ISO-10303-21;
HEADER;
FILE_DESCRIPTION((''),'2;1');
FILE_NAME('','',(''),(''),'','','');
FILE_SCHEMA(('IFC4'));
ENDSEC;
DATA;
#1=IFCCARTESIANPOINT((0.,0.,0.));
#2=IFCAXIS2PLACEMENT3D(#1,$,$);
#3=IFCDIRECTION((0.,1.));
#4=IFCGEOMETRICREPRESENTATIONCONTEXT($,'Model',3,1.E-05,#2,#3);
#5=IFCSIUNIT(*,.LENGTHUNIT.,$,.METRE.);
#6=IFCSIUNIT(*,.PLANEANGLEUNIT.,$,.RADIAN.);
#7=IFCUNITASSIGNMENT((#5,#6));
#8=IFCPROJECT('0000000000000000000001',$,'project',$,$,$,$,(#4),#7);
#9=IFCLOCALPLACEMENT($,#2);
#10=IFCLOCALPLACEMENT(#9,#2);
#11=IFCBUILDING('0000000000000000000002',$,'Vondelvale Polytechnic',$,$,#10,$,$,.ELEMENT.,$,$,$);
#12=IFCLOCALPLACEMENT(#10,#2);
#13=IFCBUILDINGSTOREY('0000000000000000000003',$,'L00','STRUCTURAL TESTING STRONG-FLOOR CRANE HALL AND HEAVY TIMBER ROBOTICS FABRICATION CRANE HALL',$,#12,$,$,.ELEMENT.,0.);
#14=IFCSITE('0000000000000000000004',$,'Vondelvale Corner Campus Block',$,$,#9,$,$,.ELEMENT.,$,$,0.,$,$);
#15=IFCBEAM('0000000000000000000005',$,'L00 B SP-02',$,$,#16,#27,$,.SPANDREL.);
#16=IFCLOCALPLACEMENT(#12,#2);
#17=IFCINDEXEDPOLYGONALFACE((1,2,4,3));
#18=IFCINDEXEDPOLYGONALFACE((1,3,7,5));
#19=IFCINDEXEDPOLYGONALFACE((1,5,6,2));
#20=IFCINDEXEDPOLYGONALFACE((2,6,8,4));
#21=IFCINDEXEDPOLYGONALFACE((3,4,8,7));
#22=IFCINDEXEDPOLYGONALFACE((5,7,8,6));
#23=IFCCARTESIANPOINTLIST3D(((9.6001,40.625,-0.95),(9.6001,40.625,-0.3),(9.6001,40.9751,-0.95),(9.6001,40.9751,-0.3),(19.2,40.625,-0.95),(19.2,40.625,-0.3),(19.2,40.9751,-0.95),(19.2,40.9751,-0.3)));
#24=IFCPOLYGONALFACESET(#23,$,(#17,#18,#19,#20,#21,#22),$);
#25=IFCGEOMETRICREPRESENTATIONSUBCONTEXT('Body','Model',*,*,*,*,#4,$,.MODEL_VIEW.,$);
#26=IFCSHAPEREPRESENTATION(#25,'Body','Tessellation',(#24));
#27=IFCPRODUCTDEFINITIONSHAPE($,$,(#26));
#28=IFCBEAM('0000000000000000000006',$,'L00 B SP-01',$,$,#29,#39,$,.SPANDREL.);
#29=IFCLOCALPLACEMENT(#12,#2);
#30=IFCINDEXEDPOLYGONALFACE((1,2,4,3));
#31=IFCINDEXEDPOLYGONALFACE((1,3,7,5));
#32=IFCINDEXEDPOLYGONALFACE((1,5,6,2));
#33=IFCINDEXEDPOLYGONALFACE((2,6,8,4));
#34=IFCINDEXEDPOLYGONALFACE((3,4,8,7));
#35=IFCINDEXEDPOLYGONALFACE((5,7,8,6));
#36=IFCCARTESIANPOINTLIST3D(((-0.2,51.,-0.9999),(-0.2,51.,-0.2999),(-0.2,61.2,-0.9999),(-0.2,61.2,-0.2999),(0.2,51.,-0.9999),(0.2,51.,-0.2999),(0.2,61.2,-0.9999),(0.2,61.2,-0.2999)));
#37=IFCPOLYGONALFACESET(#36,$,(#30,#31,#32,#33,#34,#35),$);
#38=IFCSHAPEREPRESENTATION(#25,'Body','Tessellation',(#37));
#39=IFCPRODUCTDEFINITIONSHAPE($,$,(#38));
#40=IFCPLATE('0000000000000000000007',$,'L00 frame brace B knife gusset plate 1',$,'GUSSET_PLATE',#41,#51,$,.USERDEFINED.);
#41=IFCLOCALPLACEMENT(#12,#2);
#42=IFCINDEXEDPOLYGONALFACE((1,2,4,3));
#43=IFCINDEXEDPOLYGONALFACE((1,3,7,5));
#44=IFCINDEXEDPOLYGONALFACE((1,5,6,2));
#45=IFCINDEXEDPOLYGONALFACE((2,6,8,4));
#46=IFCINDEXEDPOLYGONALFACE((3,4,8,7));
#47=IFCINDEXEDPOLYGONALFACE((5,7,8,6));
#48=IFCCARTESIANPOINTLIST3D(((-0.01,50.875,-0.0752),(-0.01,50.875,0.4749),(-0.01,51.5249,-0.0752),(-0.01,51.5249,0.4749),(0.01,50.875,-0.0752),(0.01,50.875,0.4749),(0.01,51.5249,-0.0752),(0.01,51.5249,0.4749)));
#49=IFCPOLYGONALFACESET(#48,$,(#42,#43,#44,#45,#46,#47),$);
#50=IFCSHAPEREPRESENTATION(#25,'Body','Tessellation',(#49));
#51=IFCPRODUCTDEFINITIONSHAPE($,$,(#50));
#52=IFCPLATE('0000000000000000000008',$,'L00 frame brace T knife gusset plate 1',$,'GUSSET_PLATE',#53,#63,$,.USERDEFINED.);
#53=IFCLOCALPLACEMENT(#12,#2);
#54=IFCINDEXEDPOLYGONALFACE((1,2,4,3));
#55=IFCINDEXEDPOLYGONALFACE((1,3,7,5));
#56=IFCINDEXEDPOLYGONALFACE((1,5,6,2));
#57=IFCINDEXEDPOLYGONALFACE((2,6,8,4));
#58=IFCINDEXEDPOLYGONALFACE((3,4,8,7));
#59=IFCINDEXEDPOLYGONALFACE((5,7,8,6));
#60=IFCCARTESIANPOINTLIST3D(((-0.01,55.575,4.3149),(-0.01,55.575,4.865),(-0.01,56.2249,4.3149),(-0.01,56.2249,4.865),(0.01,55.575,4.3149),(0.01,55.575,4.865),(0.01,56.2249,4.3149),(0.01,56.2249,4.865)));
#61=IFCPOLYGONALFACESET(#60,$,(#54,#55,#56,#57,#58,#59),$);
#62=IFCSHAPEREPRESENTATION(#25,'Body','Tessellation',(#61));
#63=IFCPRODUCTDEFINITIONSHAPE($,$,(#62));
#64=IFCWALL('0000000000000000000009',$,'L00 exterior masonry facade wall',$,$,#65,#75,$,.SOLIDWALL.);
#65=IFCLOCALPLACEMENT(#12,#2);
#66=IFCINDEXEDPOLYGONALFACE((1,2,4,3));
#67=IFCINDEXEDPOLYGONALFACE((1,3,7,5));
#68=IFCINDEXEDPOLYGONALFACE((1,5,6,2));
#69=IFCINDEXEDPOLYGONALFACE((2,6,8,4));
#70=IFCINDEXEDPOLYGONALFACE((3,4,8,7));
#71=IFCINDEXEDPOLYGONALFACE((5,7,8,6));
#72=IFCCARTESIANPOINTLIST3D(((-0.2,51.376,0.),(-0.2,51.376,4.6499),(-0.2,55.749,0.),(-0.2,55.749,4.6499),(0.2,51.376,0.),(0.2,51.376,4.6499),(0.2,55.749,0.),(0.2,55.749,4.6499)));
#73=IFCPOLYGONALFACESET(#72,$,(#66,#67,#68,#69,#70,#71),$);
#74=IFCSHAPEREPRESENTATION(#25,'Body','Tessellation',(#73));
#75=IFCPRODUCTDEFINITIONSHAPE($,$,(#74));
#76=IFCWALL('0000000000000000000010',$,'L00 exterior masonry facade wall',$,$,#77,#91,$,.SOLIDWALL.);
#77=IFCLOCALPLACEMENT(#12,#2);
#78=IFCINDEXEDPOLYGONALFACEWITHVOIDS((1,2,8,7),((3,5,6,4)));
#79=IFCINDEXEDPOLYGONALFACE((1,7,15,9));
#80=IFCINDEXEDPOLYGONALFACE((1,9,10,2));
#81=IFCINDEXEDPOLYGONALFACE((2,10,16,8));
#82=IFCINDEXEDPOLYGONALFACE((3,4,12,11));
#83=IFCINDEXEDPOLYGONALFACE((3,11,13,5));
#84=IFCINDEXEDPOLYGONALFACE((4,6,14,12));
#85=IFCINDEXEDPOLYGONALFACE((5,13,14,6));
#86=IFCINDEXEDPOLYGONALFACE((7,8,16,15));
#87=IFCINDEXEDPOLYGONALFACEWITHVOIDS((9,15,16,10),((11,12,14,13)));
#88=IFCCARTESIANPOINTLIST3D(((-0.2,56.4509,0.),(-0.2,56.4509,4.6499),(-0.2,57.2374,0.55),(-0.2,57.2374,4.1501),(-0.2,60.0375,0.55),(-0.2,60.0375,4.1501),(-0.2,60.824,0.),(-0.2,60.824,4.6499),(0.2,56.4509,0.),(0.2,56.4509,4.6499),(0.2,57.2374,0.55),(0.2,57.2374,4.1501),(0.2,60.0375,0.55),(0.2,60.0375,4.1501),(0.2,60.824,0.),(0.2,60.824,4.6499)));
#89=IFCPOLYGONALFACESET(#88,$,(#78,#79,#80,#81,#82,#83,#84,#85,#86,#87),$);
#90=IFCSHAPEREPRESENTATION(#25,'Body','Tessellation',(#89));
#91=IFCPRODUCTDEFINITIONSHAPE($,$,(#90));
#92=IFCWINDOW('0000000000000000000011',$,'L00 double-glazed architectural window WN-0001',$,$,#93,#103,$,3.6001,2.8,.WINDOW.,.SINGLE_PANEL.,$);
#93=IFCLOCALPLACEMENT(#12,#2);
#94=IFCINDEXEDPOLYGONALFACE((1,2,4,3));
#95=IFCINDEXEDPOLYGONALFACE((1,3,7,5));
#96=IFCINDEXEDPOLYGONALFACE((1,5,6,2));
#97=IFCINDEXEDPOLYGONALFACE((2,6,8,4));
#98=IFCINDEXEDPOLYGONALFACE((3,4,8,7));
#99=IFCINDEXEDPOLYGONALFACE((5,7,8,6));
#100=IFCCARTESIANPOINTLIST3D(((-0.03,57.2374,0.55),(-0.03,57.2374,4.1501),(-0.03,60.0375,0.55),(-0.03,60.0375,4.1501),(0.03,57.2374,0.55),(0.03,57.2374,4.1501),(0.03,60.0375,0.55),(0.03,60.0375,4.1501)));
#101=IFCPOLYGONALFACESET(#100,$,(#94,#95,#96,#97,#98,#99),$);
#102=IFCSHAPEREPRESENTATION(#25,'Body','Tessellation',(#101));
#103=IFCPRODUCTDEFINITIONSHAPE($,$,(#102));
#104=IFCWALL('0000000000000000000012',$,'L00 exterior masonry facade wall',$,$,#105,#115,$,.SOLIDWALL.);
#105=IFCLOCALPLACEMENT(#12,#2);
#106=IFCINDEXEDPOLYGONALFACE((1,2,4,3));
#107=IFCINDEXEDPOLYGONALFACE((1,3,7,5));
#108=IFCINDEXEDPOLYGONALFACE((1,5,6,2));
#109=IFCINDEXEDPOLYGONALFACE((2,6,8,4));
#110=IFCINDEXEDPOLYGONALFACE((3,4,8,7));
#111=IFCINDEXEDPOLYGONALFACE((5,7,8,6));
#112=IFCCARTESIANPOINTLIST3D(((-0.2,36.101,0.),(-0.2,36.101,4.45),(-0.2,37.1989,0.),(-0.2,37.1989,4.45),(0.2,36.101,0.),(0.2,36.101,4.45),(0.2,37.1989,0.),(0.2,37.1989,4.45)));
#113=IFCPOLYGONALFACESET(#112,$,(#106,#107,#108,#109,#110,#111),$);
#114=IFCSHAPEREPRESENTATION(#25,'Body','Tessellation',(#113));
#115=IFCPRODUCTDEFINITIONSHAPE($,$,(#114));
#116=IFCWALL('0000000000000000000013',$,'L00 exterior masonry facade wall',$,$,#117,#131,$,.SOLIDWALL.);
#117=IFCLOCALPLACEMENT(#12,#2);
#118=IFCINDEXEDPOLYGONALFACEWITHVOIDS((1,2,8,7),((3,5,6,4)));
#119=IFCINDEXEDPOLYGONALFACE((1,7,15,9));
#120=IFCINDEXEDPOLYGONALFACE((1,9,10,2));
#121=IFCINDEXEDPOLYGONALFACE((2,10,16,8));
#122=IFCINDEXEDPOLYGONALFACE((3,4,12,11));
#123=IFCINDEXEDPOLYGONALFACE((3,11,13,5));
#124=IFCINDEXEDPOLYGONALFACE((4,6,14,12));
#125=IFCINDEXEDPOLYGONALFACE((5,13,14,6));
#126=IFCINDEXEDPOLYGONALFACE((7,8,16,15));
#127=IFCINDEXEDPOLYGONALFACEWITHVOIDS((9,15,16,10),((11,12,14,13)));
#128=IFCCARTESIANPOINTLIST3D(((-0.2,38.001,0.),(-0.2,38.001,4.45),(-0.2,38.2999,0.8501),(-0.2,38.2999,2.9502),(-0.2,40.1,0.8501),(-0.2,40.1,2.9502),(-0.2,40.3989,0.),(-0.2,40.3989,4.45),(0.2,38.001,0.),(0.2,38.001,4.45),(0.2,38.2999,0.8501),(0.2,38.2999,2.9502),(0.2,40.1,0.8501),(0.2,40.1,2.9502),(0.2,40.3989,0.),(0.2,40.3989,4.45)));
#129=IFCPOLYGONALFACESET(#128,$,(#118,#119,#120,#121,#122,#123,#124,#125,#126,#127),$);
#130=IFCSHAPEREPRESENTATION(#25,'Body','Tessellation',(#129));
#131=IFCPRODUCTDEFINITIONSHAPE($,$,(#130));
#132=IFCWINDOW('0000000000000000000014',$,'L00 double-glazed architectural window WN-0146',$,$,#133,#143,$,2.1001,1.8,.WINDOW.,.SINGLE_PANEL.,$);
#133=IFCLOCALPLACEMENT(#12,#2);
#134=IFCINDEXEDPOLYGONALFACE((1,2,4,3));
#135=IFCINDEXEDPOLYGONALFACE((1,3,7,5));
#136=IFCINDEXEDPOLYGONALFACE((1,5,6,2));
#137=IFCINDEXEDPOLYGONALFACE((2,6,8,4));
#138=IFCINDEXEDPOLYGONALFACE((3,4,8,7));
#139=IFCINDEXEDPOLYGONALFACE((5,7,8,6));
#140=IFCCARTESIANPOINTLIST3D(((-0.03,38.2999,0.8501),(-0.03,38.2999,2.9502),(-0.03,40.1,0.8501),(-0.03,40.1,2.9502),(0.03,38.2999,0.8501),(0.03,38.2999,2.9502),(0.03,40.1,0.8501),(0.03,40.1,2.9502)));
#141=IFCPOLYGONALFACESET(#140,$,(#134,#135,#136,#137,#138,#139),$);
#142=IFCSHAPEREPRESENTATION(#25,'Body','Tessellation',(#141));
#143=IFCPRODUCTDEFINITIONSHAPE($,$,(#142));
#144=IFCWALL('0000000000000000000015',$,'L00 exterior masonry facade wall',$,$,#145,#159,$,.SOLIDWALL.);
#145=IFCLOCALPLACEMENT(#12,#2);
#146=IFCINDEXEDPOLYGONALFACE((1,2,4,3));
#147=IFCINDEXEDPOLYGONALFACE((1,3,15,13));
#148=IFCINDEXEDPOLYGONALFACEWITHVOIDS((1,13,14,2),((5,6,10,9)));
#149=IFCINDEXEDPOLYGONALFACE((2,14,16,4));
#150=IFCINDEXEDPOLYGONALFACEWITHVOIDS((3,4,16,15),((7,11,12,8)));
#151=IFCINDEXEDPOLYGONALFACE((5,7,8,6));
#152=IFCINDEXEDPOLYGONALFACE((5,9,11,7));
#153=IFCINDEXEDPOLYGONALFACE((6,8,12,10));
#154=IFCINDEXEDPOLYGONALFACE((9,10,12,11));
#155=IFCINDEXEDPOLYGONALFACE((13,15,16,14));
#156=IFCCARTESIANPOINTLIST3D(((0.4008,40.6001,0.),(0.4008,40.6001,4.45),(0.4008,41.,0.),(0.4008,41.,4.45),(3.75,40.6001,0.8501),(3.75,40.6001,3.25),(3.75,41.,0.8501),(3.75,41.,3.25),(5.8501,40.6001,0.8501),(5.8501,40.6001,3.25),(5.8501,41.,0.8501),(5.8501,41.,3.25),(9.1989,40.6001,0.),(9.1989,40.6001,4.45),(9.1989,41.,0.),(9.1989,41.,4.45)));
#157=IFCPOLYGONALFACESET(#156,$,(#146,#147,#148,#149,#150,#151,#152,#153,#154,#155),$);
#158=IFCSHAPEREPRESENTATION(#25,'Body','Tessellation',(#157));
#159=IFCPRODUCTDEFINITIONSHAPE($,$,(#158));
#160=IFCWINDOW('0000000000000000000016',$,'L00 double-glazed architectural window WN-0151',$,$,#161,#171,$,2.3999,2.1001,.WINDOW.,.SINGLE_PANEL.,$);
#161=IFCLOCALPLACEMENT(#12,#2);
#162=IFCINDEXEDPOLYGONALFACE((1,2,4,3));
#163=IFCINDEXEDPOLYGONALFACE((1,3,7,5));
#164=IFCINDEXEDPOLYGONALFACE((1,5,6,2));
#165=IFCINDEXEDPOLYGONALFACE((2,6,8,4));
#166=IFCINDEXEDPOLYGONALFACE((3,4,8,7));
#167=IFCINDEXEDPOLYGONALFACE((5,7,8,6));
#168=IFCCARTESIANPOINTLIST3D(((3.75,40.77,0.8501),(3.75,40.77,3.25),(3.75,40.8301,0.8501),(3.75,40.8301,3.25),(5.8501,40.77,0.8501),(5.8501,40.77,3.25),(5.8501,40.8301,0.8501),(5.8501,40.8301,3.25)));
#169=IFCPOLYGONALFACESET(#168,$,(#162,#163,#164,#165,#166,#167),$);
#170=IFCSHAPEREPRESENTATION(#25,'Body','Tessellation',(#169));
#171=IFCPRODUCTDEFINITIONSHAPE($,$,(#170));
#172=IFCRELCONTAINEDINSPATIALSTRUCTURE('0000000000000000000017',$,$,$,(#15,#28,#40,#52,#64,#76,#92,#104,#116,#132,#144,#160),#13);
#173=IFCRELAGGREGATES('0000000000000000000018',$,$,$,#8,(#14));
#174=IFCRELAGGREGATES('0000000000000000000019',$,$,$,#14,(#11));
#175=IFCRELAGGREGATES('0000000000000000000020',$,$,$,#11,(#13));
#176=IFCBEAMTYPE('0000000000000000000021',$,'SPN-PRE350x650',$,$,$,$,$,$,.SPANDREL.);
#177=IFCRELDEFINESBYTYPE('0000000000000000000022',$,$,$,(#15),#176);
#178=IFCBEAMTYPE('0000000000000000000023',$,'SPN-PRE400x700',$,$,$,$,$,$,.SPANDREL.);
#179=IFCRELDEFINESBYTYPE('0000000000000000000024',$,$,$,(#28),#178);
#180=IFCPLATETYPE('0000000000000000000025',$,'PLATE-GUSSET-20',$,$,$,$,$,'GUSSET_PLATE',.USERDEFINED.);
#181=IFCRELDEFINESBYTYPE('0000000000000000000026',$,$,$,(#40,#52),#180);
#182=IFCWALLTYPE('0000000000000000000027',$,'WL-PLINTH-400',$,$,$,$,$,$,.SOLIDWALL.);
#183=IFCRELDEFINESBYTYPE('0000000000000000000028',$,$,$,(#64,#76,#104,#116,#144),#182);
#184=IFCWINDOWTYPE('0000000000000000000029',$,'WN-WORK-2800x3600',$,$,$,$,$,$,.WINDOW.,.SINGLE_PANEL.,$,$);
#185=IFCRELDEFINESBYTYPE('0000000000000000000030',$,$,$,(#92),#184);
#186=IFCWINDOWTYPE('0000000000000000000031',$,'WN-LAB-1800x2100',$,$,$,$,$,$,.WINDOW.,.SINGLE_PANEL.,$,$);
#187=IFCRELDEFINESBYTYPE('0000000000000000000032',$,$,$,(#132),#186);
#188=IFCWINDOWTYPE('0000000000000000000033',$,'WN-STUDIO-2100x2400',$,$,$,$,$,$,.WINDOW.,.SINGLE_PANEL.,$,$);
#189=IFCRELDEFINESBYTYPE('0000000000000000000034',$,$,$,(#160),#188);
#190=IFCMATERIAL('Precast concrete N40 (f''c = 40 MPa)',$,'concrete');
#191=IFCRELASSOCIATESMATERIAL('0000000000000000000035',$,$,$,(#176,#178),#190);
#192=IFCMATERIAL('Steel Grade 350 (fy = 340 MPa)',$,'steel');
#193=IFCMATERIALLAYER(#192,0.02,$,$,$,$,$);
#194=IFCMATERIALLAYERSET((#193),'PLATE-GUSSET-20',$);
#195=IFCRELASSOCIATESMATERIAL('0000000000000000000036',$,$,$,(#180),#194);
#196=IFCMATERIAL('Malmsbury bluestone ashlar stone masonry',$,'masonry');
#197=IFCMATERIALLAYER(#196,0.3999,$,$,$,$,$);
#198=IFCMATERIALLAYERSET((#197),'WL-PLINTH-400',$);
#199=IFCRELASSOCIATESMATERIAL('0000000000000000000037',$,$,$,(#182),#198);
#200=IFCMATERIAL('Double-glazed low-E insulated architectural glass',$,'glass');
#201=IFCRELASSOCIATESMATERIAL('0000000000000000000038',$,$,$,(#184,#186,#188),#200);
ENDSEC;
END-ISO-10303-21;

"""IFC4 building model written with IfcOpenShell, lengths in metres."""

from ifc_helpers import new_model, si_unit, direction, frame, frame_2d, origin, origin_2d, place, context, subcontext, project, spatial, rectangle, extrude, material, layer, layer_set, material_profile, profile_set, type_object, element, fill, save


model = new_model("IFC4")

# Units and contexts
model_context = context("Model", 3, precision=1e-05, world=origin(), true_north=direction((0.0, 1.0)))
body_context = subcontext(model_context, "Body", "Model", "MODEL_VIEW")
ifc_project = project(units=[si_unit("LENGTHUNIT", "METRE"), si_unit("PLANEANGLEUNIT", "RADIAN")], contexts=[model_context])

# Site, building, storey
site_placement = place(None, origin())
site = spatial("IfcSite", under=ifc_project, at=site_placement, Name="Vondelvale Corner Campus Block", CompositionType="ELEMENT", RefElevation=0.0)
building_placement = place(site_placement, origin())
building = spatial("IfcBuilding", under=site, at=building_placement, Name="Vondelvale Polytechnic", CompositionType="ELEMENT")
storey_placement = place(building_placement, origin())
storey = spatial("IfcBuildingStorey", under=building, at=storey_placement, Name="L00", Description="STRUCTURAL TESTING STRONG-FLOOR CRANE HALL AND HEAVY TIMBER ROBOTICS FABRICATION CRANE HALL", CompositionType="ELEMENT", Elevation=0.0)

# Beams
ifc_material_1 = material(Name="Precast concrete N40 (f'c = 40 MPa)", Category="concrete")
ifc_material_profile_1 = material_profile(ifc_material_1, rectangle(XDim=0.3501, YDim=0.6499, at=origin_2d()), Name="RC-SPN-350x650")
ifc_profile_set_1 = profile_set([ifc_material_profile_1], Name="Precast concrete N40 (f'c = 40 MPa)")
beam_type_1 = type_object("IfcBeamType", Name="SPN-PRE350x650", PredefinedType="SPANDREL", material=ifc_profile_set_1)
beam_1_placement = place(storey_placement, frame((9.6001, 40.8, -0.625), z_axis=(1.0, 0.0, 0.0), x_axis=(0.0, 1.0, 0.0)))
element("IfcBeam", 1, at=beam_1_placement, inside=storey, type_object=beam_type_1, Name="L00 B SP-02", PredefinedType="SPANDREL", context=body_context, shape_type="SweptSolid", body=[
    extrude(rectangle(XDim=0.3501, YDim=0.6499, at=origin_2d()), origin(), (0.0, 0.0, 1.0), 9.5999),
])
ifc_material_profile_2 = material_profile(ifc_material_1, rectangle(XDim=0.3999, YDim=0.7, at=origin_2d()), Name="RC-SPN-400x700")
ifc_profile_set_2 = profile_set([ifc_material_profile_2], Name="Precast concrete N40 (f'c = 40 MPa)")
beam_type_2 = type_object("IfcBeamType", Name="SPN-PRE400x700", PredefinedType="SPANDREL", material=ifc_profile_set_2)
beam_2_placement = place(storey_placement, frame((0.0, 51.0, -0.6499), z_axis=(0.0, 1.0, 0.0), x_axis=(-1.0, 0.0, 0.0)))
element("IfcBeam", 2, at=beam_2_placement, inside=storey, type_object=beam_type_2, Name="L00 B SP-01", PredefinedType="SPANDREL", context=body_context, shape_type="SweptSolid", body=[
    extrude(rectangle(XDim=0.3999, YDim=0.7, at=origin_2d()), origin(), (0.0, 0.0, 1.0), 10.2),
])

# Plates
ifc_material_2 = material(Name="Steel Grade 350 (fy = 340 MPa)", Category="steel")
ifc_layer_1 = layer(ifc_material_2, 0.02)
ifc_layer_set_1 = layer_set([ifc_layer_1], Name="PLATE-GUSSET-20")
plate_type = type_object("IfcPlateType", Name="PLATE-GUSSET-20", ElementType="GUSSET_PLATE", PredefinedType="USERDEFINED", material=ifc_layer_set_1)
for number, where, z_axis, x_axis, name in (
    (3, (0.0, 51.2, -0.0752), (0.0, 0.0, 1.0), (1.0, 0.0, 0.0), "L00 frame brace B knife gusset plate 1"),
    (4, (0.0, 55.8999, 4.3149), (0.0, 0.0, 1.0), (1.0, 0.0, 0.0), "L00 frame brace T knife gusset plate 1"),
):
    element("IfcPlate", number, at=place(storey_placement, frame(where, z_axis=z_axis, x_axis=x_axis)), inside=storey, type_object=plate_type, Name=name, ObjectType="GUSSET_PLATE", PredefinedType="USERDEFINED", context=body_context, shape_type="SweptSolid", body=[
        extrude(rectangle(XDim=0.02, YDim=0.6499, at=origin_2d()), origin(), (0.0, 0.0, 1.0), 0.55),
    ])

# Wall
ifc_material_3 = material(Name="Malmsbury bluestone ashlar stone masonry", Category="masonry")
ifc_layer_2 = layer(ifc_material_3, 0.3999)
ifc_layer_set_2 = layer_set([ifc_layer_2], Name="WL-PLINTH-400")
wall_type = type_object("IfcWallType", Name="WL-PLINTH-400", PredefinedType="SOLIDWALL", material=ifc_layer_set_2)
wall_1_placement = place(storey_placement, frame((0.0, 51.376, 0.0), z_axis=(0.0, 0.0, 1.0), x_axis=(0.0, 1.0, 0.0)))
element("IfcWall", 5, at=wall_1_placement, inside=storey, type_object=wall_type, Name="L00 exterior masonry facade wall", PredefinedType="SOLIDWALL", context=body_context, shape_type="SweptSolid", body=[
    extrude(rectangle(XDim=4.373, YDim=0.3999, at=frame_2d((2.1865, 0.0))), origin(), (0.0, 0.0, 1.0), 4.6499),
])

# Wall, opening, window
wall_2_placement = place(storey_placement, frame((0.0, 56.4509, 0.0), z_axis=(0.0, 0.0, 1.0), x_axis=(0.0, 1.0, 0.0)))
wall_2 = element("IfcWall", 6, at=wall_2_placement, inside=storey, type_object=wall_type, Name="L00 exterior masonry facade wall", PredefinedType="SOLIDWALL", context=body_context, shape_type="SweptSolid", body=[
    extrude(rectangle(XDim=4.373, YDim=0.3999, at=frame_2d((2.1865, 0.0))), origin(), (0.0, 0.0, 1.0), 4.6499),
])
opening_1_placement = place(wall_2_placement, frame((0.7866, 0.0, 0.55)))
opening_1 = element("IfcOpeningElement", 7, at=opening_1_placement, cuts=wall_2, PredefinedType="OPENING", context=body_context, shape_type="SweptSolid", body=[
    extrude(rectangle(XDim=2.8, YDim=3.6001, at=frame_2d((1.3999, 1.8))), frame((0.0, 0.21, 0.0), z_axis=(0.0, -1.0, 0.0), x_axis=(1.0, 0.0, 0.0)), (0.0, 0.0, 1.0), 0.4199),
])
ifc_material_4 = material(Name="Double-glazed low-E insulated architectural glass", Category="glass")
window_type_1 = type_object("IfcWindowType", Name="WN-WORK-2800x3600", PartitioningType="SINGLE_PANEL", PredefinedType="WINDOW", material=ifc_material_4)
window_1_placement = place(opening_1_placement, origin())
window_1 = element("IfcWindow", 8, at=window_1_placement, inside=storey, type_object=window_type_1, Name="L00 double-glazed architectural window WN-0001", OverallHeight=3.6001, OverallWidth=2.8, PartitioningType="SINGLE_PANEL", PredefinedType="WINDOW", context=body_context, shape_type="SweptSolid", body=[
    extrude(rectangle(XDim=2.8, YDim=3.6001, at=frame_2d((1.3999, 1.8))), frame((0.0, 0.03, 0.0), z_axis=(0.0, -1.0, 0.0), x_axis=(1.0, 0.0, 0.0)), (0.0, 0.0, 1.0), 0.0601),
])
fill(opening_1, window_1)

# Wall
wall_3_placement = place(storey_placement, frame((0.0, 36.1011, 0.0), z_axis=(0.0, 0.0, 1.0), x_axis=(0.0, 1.0, 0.0)))
element("IfcWall", 9, at=wall_3_placement, inside=storey, type_object=wall_type, Name="L00 exterior masonry facade wall", PredefinedType="SOLIDWALL", context=body_context, shape_type="SweptSolid", body=[
    extrude(rectangle(XDim=1.0979, YDim=0.3999, at=frame_2d((0.5488, 0.0))), origin(), (0.0, 0.0, 1.0), 4.45),
])

# Walls, openings, windows
wall_4_placement = place(storey_placement, frame((0.0, 38.001, 0.0), z_axis=(0.0, 0.0, 1.0), x_axis=(0.0, 1.0, 0.0)))
wall_4 = element("IfcWall", 10, at=wall_4_placement, inside=storey, type_object=wall_type, Name="L00 exterior masonry facade wall", PredefinedType="SOLIDWALL", context=body_context, shape_type="SweptSolid", body=[
    extrude(rectangle(XDim=2.3979, YDim=0.3999, at=frame_2d((1.199, 0.0))), origin(), (0.0, 0.0, 1.0), 4.45),
])
opening_2_placement = place(wall_4_placement, frame((0.2991, 0.0, 0.8501)))
opening_2 = element("IfcOpeningElement", 11, at=opening_2_placement, cuts=wall_4, PredefinedType="OPENING", context=body_context, shape_type="SweptSolid", body=[
    extrude(rectangle(XDim=1.8, YDim=2.1001, at=frame_2d((0.8999, 1.05))), frame((0.0, 0.21, 0.0), z_axis=(0.0, -1.0, 0.0), x_axis=(1.0, 0.0, 0.0)), (0.0, 0.0, 1.0), 0.4199),
])
window_type_2 = type_object("IfcWindowType", Name="WN-LAB-1800x2100", PartitioningType="SINGLE_PANEL", PredefinedType="WINDOW", material=ifc_material_4)
window_2_placement = place(opening_2_placement, origin())
window_2 = element("IfcWindow", 12, at=window_2_placement, inside=storey, type_object=window_type_2, Name="L00 double-glazed architectural window WN-0146", OverallHeight=2.1001, OverallWidth=1.8, PartitioningType="SINGLE_PANEL", PredefinedType="WINDOW", context=body_context, shape_type="SweptSolid", body=[
    extrude(rectangle(XDim=1.8, YDim=2.1001, at=frame_2d((0.8999, 1.05))), frame((0.0, 0.03, 0.0), z_axis=(0.0, -1.0, 0.0), x_axis=(1.0, 0.0, 0.0)), (0.0, 0.0, 1.0), 0.0601),
])
fill(opening_2, window_2)
wall_5_placement = place(storey_placement, frame((0.4009, 40.8, 0.0), z_axis=(0.0, 0.0, 1.0), x_axis=(1.0, 0.0, 0.0)))
wall_5 = element("IfcWall", 13, at=wall_5_placement, inside=storey, type_object=wall_type, Name="L00 exterior masonry facade wall", PredefinedType="SOLIDWALL", context=body_context, shape_type="SweptSolid", body=[
    extrude(rectangle(XDim=8.7981, YDim=0.3999, at=frame_2d((4.3989, 0.0))), origin(), (0.0, 0.0, 1.0), 4.45),
])
opening_3_placement = place(wall_5_placement, frame((3.3491, 0.0, 0.8501)))
opening_3 = element("IfcOpeningElement", 14, at=opening_3_placement, cuts=wall_5, PredefinedType="OPENING", context=body_context, shape_type="SweptSolid", body=[
    extrude(rectangle(XDim=2.1001, YDim=2.3999, at=frame_2d((1.05, 1.2))), frame((0.0, 0.21, 0.0), z_axis=(0.0, -1.0, 0.0), x_axis=(1.0, 0.0, 0.0)), (0.0, 0.0, 1.0), 0.4199),
])
window_type_3 = type_object("IfcWindowType", Name="WN-STUDIO-2100x2400", PartitioningType="SINGLE_PANEL", PredefinedType="WINDOW", material=ifc_material_4)
window_3_placement = place(opening_3_placement, origin())
window_3 = element("IfcWindow", 15, at=window_3_placement, inside=storey, type_object=window_type_3, Name="L00 double-glazed architectural window WN-0151", OverallHeight=2.3999, OverallWidth=2.1001, PartitioningType="SINGLE_PANEL", PredefinedType="WINDOW", context=body_context, shape_type="SweptSolid", body=[
    extrude(rectangle(XDim=2.1001, YDim=2.3999, at=frame_2d((1.05, 1.2))), frame((0.0, 0.03, 0.0), z_axis=(0.0, -1.0, 0.0), x_axis=(1.0, 0.0, 0.0)), (0.0, 0.0, 1.0), 0.0601),
])
fill(opening_3, window_3)

save(model, "model.ifc")
